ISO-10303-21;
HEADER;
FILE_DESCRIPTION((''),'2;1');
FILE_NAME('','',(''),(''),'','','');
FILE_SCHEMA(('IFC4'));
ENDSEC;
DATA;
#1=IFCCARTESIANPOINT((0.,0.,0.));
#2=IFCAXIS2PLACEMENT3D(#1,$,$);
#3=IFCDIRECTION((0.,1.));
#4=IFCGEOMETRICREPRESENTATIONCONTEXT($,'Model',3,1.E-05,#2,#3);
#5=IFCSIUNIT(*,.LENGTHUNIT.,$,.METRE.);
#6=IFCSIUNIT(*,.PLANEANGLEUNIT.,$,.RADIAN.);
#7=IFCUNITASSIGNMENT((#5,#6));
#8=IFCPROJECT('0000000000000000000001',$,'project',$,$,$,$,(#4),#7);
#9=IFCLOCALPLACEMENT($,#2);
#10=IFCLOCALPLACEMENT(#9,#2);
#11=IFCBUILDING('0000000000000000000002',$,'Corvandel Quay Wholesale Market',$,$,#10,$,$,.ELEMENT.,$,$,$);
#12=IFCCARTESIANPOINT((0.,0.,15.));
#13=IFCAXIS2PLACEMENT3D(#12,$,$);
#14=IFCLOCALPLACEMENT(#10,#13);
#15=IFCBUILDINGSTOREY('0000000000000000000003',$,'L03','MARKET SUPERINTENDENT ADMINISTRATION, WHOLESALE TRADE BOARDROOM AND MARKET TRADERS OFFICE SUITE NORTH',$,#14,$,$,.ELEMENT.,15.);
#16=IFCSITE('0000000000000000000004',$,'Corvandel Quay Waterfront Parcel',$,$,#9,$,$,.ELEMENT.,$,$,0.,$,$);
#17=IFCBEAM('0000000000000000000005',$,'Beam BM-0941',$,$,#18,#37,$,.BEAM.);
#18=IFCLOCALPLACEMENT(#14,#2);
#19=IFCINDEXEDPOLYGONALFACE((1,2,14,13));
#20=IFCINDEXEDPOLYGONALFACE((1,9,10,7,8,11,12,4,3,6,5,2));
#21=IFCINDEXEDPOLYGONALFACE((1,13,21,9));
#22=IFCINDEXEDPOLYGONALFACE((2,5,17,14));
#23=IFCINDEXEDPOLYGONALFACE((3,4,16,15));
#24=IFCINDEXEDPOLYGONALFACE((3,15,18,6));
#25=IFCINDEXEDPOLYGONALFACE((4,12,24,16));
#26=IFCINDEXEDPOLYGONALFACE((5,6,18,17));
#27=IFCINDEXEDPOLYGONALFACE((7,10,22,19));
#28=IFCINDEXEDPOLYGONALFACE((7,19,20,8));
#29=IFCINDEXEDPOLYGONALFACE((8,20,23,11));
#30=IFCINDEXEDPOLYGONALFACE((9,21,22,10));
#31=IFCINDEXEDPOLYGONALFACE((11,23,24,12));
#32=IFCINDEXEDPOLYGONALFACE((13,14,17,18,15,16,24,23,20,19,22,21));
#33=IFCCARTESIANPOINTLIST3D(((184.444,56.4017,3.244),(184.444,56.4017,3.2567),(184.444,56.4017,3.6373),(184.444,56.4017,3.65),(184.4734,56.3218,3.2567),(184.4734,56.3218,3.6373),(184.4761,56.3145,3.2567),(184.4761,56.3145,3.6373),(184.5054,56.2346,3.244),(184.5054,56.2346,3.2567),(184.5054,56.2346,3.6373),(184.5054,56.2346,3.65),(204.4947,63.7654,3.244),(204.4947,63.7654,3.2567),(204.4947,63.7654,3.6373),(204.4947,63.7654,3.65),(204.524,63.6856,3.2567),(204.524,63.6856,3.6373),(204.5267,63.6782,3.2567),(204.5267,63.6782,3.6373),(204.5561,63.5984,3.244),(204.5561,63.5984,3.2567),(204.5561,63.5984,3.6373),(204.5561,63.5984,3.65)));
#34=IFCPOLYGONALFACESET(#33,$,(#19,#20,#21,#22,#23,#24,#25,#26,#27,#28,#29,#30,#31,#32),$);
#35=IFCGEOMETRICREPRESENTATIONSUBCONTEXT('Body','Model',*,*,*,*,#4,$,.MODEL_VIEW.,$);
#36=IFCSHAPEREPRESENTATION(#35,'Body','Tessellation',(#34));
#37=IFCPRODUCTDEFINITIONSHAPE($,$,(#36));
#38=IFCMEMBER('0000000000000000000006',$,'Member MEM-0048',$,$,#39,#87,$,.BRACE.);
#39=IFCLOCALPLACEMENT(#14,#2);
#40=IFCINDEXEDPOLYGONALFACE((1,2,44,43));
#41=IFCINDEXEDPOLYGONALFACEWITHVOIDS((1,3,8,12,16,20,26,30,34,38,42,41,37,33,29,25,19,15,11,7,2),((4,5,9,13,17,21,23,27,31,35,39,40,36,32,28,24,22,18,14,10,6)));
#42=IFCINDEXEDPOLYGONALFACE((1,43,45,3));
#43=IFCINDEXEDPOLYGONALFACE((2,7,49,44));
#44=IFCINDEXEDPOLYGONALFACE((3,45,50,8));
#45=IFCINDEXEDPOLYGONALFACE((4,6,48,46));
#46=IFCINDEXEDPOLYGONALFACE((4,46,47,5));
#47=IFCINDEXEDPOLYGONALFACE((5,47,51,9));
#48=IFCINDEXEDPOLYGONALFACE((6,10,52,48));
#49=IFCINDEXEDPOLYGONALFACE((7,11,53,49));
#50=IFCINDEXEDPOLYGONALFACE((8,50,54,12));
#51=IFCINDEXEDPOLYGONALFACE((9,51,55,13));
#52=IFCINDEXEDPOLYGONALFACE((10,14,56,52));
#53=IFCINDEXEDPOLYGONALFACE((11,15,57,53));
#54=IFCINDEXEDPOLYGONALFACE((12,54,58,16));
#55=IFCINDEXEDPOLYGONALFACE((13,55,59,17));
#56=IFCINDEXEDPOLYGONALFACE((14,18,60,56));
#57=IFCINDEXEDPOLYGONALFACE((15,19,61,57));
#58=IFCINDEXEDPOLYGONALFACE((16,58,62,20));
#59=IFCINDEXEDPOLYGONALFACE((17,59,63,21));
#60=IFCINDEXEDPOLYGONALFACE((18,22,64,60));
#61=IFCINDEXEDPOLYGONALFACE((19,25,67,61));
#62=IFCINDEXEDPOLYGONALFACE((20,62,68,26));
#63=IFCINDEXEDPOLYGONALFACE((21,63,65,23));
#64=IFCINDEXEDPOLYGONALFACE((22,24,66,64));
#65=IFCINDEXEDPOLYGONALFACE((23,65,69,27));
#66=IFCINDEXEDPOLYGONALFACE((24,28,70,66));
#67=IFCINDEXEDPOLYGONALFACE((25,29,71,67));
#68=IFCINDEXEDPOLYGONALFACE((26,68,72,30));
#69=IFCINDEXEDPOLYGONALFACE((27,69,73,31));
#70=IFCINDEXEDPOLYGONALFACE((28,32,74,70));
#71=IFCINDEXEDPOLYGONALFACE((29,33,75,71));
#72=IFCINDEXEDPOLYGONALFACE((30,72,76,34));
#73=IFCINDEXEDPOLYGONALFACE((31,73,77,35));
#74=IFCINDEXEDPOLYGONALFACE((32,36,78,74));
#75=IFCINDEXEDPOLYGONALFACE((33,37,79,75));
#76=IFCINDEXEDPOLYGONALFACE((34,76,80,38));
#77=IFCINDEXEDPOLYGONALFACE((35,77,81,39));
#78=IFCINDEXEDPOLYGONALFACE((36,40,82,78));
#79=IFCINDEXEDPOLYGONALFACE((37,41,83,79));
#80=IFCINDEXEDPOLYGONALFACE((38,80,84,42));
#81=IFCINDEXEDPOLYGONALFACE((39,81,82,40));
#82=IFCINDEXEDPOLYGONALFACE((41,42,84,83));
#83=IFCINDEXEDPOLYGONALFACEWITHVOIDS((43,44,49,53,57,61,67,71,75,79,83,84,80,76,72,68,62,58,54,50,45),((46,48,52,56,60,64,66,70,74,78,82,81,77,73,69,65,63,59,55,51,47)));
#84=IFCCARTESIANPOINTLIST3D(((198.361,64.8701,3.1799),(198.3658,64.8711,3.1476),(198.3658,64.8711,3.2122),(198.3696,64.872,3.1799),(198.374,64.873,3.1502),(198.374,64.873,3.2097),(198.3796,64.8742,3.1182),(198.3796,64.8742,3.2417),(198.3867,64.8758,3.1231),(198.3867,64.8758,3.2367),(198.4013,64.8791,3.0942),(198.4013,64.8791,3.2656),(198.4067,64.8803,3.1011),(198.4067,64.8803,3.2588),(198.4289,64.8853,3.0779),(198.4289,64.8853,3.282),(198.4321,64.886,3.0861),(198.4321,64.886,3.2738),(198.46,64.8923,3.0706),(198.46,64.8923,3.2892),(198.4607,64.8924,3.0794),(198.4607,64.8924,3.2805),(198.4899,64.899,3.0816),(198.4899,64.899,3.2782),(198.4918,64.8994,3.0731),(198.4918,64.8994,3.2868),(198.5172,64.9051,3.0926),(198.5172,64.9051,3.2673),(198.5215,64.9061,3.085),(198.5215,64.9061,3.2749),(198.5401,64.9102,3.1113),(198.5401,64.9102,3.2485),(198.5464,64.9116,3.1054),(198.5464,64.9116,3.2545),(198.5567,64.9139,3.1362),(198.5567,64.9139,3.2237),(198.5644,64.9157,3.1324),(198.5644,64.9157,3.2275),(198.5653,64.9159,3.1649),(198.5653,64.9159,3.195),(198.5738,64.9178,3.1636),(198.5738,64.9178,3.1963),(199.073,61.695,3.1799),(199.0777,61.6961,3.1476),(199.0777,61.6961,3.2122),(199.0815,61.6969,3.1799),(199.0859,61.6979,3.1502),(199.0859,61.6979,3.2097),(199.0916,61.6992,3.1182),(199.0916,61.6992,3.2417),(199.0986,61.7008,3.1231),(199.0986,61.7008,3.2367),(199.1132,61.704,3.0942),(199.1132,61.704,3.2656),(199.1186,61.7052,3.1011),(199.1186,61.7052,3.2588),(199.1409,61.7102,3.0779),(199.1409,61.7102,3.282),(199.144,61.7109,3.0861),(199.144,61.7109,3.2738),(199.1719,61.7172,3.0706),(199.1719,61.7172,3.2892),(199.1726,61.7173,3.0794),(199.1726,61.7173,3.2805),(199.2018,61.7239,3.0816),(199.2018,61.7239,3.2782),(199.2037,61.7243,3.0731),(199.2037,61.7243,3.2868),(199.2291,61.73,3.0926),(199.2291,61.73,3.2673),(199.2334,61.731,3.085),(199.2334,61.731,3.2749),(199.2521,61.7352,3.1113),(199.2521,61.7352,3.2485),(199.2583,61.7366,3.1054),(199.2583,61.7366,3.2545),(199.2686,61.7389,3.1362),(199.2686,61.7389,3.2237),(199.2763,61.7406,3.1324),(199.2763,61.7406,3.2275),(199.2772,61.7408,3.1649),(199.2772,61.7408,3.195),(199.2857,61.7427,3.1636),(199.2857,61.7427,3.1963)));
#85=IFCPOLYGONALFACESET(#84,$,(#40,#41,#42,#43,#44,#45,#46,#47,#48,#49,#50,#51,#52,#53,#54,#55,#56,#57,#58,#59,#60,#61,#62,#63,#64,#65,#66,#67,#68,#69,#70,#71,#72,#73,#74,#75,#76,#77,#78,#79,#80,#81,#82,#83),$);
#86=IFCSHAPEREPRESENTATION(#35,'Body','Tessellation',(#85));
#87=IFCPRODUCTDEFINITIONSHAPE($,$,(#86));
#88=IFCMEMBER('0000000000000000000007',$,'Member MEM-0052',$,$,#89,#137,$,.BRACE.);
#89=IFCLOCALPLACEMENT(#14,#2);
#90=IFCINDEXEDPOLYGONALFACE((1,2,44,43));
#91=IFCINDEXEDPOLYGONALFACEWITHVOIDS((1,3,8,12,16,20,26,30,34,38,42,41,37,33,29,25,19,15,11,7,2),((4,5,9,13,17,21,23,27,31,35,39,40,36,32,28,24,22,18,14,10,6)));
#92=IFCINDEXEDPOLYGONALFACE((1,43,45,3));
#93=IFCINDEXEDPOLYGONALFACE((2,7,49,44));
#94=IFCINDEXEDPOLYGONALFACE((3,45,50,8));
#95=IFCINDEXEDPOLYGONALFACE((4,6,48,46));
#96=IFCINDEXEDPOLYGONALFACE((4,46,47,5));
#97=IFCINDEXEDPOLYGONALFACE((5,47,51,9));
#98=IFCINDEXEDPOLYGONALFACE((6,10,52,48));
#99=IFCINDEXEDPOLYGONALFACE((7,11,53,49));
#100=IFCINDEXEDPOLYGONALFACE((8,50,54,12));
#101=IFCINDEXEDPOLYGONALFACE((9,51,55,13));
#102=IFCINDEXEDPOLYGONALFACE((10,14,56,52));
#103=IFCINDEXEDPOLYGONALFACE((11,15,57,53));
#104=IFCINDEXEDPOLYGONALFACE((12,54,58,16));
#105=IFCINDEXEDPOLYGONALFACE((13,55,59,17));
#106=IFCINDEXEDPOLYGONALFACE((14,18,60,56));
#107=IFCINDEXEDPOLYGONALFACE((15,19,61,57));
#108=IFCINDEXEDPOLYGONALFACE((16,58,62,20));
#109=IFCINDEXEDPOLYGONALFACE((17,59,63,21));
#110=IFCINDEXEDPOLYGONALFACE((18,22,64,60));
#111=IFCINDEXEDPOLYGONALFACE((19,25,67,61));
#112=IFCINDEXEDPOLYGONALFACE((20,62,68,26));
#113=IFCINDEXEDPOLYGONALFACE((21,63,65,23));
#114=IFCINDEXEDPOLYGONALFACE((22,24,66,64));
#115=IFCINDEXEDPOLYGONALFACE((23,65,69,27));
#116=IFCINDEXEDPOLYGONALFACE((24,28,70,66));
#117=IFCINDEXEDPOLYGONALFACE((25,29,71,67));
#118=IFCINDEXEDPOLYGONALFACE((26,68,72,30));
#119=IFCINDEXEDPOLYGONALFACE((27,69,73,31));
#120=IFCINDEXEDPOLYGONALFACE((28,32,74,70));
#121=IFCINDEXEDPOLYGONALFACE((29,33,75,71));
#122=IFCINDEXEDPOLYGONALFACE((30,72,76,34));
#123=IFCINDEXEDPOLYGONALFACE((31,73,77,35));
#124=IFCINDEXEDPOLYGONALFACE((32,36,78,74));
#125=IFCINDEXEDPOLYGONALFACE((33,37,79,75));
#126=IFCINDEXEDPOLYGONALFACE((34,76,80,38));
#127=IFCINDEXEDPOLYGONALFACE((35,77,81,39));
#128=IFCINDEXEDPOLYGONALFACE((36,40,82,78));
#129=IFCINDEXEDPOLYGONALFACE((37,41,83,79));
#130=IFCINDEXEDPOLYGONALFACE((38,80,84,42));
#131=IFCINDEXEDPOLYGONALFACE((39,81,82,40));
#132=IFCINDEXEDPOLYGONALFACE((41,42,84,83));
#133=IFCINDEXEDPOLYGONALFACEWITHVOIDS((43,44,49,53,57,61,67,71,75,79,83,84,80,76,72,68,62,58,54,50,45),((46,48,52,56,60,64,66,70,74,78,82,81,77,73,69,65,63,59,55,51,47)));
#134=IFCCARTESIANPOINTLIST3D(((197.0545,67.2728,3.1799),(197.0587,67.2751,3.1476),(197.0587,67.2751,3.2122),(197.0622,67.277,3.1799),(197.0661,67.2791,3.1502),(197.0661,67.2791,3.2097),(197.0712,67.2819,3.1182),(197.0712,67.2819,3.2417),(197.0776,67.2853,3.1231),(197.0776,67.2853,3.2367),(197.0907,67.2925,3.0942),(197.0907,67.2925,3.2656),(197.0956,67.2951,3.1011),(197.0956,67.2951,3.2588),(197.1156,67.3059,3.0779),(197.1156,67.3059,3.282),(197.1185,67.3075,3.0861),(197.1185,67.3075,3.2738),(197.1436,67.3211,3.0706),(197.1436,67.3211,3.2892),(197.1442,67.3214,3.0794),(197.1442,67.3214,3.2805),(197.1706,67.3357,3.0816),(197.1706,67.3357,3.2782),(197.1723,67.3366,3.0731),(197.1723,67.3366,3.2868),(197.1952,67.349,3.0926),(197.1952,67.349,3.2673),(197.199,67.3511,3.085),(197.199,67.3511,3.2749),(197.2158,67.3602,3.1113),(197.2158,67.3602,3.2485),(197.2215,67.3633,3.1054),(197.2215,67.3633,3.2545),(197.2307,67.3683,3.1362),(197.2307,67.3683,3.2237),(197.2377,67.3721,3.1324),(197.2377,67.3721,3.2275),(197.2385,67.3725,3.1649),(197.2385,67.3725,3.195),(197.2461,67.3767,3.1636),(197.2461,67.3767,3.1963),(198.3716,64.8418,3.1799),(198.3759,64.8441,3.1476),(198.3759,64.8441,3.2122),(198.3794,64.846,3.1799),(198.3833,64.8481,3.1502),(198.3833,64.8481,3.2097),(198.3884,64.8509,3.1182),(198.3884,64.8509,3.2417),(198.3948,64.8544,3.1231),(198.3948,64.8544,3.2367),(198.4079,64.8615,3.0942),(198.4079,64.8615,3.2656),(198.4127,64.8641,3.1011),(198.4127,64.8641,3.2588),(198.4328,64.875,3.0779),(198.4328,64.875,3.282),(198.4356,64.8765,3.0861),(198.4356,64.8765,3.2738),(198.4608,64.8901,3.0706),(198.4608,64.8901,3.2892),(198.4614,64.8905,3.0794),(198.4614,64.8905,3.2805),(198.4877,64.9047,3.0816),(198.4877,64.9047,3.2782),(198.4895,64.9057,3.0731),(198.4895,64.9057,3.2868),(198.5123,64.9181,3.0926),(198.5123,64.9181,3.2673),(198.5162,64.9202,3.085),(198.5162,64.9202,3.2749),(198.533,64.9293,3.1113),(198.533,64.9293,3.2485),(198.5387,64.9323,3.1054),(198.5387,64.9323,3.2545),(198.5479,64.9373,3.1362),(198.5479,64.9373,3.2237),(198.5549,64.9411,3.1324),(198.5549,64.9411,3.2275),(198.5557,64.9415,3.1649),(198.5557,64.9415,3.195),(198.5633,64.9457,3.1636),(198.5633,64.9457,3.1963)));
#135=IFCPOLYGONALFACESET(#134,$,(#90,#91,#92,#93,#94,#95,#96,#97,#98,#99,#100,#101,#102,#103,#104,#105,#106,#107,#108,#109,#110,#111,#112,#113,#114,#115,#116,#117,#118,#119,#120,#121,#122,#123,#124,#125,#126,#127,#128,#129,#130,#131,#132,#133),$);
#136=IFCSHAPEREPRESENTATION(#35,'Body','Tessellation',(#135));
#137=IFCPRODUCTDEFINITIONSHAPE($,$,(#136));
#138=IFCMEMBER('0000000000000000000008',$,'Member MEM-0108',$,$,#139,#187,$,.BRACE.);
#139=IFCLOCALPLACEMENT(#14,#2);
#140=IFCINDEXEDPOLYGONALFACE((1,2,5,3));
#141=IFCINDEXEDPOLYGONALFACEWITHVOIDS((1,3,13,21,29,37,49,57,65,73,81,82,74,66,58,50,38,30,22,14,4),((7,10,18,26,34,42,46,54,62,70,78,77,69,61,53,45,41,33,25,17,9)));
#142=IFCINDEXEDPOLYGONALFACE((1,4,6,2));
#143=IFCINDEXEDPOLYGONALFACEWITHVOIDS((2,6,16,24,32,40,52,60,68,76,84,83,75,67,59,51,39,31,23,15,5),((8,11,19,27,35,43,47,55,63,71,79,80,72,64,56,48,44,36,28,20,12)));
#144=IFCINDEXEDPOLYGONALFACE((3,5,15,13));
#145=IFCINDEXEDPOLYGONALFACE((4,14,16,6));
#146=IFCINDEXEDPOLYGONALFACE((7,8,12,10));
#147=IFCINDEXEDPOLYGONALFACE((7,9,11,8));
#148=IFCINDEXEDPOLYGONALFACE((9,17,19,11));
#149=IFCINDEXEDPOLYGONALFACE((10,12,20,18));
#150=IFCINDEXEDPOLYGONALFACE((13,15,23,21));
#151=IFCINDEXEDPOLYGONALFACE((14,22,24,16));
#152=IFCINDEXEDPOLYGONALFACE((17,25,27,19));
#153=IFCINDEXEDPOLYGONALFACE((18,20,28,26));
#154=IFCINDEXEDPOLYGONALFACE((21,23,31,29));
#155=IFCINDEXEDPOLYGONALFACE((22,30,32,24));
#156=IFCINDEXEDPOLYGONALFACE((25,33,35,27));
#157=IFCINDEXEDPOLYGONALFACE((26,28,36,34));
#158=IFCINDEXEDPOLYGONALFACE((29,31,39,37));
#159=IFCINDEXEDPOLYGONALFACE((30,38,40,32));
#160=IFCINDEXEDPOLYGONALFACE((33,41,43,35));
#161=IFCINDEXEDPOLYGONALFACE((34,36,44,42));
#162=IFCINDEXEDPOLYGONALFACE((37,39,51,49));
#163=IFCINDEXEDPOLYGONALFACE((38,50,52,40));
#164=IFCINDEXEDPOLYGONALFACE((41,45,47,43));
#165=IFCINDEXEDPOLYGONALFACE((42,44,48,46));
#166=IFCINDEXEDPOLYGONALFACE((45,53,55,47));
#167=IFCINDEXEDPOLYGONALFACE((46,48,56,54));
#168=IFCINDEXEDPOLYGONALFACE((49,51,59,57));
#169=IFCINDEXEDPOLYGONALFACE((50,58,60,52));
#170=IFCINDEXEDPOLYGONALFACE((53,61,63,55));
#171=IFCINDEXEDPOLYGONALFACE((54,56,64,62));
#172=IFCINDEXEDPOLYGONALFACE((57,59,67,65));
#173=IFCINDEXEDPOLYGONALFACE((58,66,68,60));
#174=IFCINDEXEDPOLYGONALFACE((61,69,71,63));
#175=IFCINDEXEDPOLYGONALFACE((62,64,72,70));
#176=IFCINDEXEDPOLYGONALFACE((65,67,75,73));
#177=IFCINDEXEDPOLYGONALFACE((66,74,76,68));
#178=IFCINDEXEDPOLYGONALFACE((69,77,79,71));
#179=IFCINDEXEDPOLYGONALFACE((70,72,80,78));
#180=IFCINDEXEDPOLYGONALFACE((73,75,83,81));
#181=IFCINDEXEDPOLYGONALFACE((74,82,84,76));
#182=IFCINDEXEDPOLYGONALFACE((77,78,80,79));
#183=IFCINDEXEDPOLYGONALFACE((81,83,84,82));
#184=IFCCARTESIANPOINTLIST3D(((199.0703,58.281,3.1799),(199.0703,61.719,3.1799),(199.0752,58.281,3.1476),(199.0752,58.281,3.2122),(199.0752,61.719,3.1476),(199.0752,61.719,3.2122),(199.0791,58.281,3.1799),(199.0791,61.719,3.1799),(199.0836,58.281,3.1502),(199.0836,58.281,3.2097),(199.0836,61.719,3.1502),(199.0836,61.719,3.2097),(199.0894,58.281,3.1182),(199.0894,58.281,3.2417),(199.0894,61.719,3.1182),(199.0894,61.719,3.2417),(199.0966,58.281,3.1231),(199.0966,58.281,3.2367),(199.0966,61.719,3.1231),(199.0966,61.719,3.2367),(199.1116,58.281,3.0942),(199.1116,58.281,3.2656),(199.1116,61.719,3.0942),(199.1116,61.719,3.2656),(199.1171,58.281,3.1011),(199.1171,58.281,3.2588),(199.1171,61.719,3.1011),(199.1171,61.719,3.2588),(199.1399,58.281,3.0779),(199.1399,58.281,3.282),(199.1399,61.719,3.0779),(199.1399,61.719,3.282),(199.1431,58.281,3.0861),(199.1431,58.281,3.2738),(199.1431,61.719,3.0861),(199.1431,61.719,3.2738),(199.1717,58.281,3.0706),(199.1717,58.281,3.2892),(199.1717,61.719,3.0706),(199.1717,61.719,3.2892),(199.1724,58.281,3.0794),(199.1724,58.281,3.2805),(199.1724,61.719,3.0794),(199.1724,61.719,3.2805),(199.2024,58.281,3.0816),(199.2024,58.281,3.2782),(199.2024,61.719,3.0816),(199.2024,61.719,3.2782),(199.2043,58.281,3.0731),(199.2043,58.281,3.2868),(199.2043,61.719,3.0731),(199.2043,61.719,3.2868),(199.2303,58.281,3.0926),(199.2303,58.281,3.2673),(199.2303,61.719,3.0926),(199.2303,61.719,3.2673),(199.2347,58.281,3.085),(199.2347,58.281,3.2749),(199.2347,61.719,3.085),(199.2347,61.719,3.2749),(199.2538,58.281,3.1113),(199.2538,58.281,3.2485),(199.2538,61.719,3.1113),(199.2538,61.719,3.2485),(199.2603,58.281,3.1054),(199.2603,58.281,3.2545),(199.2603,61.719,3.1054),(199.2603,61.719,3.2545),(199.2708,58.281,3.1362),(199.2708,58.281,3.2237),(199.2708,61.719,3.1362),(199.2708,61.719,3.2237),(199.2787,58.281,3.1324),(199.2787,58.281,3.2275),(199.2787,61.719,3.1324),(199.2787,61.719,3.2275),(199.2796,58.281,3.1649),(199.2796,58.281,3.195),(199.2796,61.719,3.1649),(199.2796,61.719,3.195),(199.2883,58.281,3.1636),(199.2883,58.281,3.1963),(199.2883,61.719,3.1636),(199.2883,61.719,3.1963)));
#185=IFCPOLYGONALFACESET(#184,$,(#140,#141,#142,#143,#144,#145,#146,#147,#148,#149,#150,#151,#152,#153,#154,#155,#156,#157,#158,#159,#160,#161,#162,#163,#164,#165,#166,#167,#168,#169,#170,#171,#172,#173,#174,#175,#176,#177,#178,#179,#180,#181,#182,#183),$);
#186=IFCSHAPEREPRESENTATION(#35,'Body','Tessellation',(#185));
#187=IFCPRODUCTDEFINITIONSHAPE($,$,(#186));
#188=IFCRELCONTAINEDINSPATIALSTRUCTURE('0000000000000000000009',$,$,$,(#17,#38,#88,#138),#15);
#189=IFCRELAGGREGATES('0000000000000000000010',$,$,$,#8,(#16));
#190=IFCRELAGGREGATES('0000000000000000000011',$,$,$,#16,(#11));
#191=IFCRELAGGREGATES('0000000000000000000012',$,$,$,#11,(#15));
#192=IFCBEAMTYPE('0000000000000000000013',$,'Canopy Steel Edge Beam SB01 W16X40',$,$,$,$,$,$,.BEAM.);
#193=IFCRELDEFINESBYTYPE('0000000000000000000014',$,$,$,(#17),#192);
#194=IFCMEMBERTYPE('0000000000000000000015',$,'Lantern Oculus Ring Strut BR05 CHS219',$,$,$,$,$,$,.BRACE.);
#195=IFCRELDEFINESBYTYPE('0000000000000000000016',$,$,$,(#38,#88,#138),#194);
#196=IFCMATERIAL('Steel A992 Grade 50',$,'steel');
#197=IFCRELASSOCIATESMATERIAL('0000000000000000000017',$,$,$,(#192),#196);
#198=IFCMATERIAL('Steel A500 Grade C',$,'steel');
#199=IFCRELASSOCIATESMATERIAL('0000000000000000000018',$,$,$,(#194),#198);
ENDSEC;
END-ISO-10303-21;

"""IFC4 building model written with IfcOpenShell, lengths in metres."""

from ifc_helpers import new_model, si_unit, direction, frame, origin, origin_2d, place, context, subcontext, project, spatial, hollow_circle, i_section, extrude, material, material_profile, profile_set, type_object, element, save


model = new_model("IFC4")

# Units and contexts
model_context = context("Model", 3, precision=1e-05, world=origin(), true_north=direction((0.0, 1.0)))
body_context = subcontext(model_context, "Body", "Model", "MODEL_VIEW")
ifc_project = project(units=[si_unit("LENGTHUNIT", "METRE"), si_unit("PLANEANGLEUNIT", "RADIAN")], contexts=[model_context])

# Site, building, storey
site_placement = place(None, origin())
site = spatial("IfcSite", under=ifc_project, at=site_placement, Name="Corvandel Quay Waterfront Parcel", CompositionType="ELEMENT", RefElevation=0.0)
building_placement = place(site_placement, origin())
building = spatial("IfcBuilding", under=site, at=building_placement, Name="Corvandel Quay Wholesale Market", CompositionType="ELEMENT")
storey_placement = place(building_placement, frame((0.0, 0.0, 15.0)))
storey = spatial("IfcBuildingStorey", under=building, at=storey_placement, Name="L03", Description="MARKET SUPERINTENDENT ADMINISTRATION, WHOLESALE TRADE BOARDROOM AND MARKET TRADERS OFFICE SUITE NORTH", CompositionType="ELEMENT", Elevation=15.0)

# Shared definitions
ifc_material_1 = material(Name="Steel A500 Grade C", Category="steel")

# Shared definitions
ifc_material_2 = material(Name="Steel A992 Grade 50", Category="steel")

# Beam
ifc_material_profile_1 = material_profile(ifc_material_2, i_section(OverallWidth=0.178, OverallDepth=0.406, WebThickness=0.0078, FlangeThickness=0.0127, at=origin_2d()), Name="W16X40")
ifc_profile_set_1 = profile_set([ifc_material_profile_1], Name="Steel A992 Grade 50")
beam_type_1 = type_object("IfcBeamType", Name="Canopy Steel Edge Beam SB01 W16X40", PredefinedType="BEAM", material=ifc_profile_set_1)
beam_1_placement = place(storey_placement, frame((204.5254, 63.6819, 3.447), z_axis=(-0.938697, -0.344742, 0.0), x_axis=(0.344742, -0.938697, 0.0)))
element("IfcBeam", 1, at=beam_1_placement, inside=storey, type_object=beam_type_1, Name="Beam BM-0941", PredefinedType="BEAM", context=body_context, shape_type="SweptSolid", body=[
    extrude(i_section(OverallWidth=0.178, OverallDepth=0.406, WebThickness=0.0078, FlangeThickness=0.0127, at=origin_2d()), origin(), (0.0, 0.0, 1.0), 21.3601),
])

# Members
ifc_material_profile_2 = material_profile(ifc_material_1, hollow_circle(Radius=0.1096, WallThickness=0.0088, at=origin_2d()), Name="HSS8.625X0.375")
ifc_profile_set_2 = profile_set([ifc_material_profile_2], Name="Steel A500 Grade C")
member_type_1 = type_object("IfcMemberType", Name="Lantern Oculus Ring Strut BR05 CHS219", PredefinedType="BRACE", material=ifc_profile_set_2)
member_1_placement = place(storey_placement, frame((199.1799, 61.719, 3.1799), z_axis=(-0.218789, 0.975772, 0.0), x_axis=(-0.975772, -0.218789, 0.0)))
element("IfcMember", 2, at=member_1_placement, inside=storey, type_object=member_type_1, Name="Member MEM-0048", PredefinedType="BRACE", context=body_context, shape_type="SweptSolid", body=[
    extrude(hollow_circle(Radius=0.1096, WallThickness=0.0088, at=origin_2d()), origin(), (0.0, 0.0, 1.0), 3.2539),
])
member_2_placement = place(storey_placement, frame((198.468, 64.894, 3.1799), z_axis=(-0.476394, 0.879232, 0.0), x_axis=(-0.879232, -0.476394, 0.0)))
element("IfcMember", 3, at=member_2_placement, inside=storey, type_object=member_type_1, Name="Member MEM-0052", PredefinedType="BRACE", context=body_context, shape_type="SweptSolid", body=[
    extrude(hollow_circle(Radius=0.1096, WallThickness=0.0088, at=origin_2d()), origin(), (0.0, 0.0, 1.0), 2.7649),
])
member_3_placement = place(storey_placement, frame((199.1799, 58.281, 3.1799), z_axis=(0.0, 1.0, 0.0), x_axis=(-1.0, 0.0, 0.0)))
element("IfcMember", 4, at=member_3_placement, inside=storey, type_object=member_type_1, Name="Member MEM-0108", PredefinedType="BRACE", context=body_context, shape_type="SweptSolid", body=[
    extrude(hollow_circle(Radius=0.1096, WallThickness=0.0088, at=origin_2d()), origin(), (0.0, 0.0, 1.0), 3.438),
])

save(model, "model.ifc")
